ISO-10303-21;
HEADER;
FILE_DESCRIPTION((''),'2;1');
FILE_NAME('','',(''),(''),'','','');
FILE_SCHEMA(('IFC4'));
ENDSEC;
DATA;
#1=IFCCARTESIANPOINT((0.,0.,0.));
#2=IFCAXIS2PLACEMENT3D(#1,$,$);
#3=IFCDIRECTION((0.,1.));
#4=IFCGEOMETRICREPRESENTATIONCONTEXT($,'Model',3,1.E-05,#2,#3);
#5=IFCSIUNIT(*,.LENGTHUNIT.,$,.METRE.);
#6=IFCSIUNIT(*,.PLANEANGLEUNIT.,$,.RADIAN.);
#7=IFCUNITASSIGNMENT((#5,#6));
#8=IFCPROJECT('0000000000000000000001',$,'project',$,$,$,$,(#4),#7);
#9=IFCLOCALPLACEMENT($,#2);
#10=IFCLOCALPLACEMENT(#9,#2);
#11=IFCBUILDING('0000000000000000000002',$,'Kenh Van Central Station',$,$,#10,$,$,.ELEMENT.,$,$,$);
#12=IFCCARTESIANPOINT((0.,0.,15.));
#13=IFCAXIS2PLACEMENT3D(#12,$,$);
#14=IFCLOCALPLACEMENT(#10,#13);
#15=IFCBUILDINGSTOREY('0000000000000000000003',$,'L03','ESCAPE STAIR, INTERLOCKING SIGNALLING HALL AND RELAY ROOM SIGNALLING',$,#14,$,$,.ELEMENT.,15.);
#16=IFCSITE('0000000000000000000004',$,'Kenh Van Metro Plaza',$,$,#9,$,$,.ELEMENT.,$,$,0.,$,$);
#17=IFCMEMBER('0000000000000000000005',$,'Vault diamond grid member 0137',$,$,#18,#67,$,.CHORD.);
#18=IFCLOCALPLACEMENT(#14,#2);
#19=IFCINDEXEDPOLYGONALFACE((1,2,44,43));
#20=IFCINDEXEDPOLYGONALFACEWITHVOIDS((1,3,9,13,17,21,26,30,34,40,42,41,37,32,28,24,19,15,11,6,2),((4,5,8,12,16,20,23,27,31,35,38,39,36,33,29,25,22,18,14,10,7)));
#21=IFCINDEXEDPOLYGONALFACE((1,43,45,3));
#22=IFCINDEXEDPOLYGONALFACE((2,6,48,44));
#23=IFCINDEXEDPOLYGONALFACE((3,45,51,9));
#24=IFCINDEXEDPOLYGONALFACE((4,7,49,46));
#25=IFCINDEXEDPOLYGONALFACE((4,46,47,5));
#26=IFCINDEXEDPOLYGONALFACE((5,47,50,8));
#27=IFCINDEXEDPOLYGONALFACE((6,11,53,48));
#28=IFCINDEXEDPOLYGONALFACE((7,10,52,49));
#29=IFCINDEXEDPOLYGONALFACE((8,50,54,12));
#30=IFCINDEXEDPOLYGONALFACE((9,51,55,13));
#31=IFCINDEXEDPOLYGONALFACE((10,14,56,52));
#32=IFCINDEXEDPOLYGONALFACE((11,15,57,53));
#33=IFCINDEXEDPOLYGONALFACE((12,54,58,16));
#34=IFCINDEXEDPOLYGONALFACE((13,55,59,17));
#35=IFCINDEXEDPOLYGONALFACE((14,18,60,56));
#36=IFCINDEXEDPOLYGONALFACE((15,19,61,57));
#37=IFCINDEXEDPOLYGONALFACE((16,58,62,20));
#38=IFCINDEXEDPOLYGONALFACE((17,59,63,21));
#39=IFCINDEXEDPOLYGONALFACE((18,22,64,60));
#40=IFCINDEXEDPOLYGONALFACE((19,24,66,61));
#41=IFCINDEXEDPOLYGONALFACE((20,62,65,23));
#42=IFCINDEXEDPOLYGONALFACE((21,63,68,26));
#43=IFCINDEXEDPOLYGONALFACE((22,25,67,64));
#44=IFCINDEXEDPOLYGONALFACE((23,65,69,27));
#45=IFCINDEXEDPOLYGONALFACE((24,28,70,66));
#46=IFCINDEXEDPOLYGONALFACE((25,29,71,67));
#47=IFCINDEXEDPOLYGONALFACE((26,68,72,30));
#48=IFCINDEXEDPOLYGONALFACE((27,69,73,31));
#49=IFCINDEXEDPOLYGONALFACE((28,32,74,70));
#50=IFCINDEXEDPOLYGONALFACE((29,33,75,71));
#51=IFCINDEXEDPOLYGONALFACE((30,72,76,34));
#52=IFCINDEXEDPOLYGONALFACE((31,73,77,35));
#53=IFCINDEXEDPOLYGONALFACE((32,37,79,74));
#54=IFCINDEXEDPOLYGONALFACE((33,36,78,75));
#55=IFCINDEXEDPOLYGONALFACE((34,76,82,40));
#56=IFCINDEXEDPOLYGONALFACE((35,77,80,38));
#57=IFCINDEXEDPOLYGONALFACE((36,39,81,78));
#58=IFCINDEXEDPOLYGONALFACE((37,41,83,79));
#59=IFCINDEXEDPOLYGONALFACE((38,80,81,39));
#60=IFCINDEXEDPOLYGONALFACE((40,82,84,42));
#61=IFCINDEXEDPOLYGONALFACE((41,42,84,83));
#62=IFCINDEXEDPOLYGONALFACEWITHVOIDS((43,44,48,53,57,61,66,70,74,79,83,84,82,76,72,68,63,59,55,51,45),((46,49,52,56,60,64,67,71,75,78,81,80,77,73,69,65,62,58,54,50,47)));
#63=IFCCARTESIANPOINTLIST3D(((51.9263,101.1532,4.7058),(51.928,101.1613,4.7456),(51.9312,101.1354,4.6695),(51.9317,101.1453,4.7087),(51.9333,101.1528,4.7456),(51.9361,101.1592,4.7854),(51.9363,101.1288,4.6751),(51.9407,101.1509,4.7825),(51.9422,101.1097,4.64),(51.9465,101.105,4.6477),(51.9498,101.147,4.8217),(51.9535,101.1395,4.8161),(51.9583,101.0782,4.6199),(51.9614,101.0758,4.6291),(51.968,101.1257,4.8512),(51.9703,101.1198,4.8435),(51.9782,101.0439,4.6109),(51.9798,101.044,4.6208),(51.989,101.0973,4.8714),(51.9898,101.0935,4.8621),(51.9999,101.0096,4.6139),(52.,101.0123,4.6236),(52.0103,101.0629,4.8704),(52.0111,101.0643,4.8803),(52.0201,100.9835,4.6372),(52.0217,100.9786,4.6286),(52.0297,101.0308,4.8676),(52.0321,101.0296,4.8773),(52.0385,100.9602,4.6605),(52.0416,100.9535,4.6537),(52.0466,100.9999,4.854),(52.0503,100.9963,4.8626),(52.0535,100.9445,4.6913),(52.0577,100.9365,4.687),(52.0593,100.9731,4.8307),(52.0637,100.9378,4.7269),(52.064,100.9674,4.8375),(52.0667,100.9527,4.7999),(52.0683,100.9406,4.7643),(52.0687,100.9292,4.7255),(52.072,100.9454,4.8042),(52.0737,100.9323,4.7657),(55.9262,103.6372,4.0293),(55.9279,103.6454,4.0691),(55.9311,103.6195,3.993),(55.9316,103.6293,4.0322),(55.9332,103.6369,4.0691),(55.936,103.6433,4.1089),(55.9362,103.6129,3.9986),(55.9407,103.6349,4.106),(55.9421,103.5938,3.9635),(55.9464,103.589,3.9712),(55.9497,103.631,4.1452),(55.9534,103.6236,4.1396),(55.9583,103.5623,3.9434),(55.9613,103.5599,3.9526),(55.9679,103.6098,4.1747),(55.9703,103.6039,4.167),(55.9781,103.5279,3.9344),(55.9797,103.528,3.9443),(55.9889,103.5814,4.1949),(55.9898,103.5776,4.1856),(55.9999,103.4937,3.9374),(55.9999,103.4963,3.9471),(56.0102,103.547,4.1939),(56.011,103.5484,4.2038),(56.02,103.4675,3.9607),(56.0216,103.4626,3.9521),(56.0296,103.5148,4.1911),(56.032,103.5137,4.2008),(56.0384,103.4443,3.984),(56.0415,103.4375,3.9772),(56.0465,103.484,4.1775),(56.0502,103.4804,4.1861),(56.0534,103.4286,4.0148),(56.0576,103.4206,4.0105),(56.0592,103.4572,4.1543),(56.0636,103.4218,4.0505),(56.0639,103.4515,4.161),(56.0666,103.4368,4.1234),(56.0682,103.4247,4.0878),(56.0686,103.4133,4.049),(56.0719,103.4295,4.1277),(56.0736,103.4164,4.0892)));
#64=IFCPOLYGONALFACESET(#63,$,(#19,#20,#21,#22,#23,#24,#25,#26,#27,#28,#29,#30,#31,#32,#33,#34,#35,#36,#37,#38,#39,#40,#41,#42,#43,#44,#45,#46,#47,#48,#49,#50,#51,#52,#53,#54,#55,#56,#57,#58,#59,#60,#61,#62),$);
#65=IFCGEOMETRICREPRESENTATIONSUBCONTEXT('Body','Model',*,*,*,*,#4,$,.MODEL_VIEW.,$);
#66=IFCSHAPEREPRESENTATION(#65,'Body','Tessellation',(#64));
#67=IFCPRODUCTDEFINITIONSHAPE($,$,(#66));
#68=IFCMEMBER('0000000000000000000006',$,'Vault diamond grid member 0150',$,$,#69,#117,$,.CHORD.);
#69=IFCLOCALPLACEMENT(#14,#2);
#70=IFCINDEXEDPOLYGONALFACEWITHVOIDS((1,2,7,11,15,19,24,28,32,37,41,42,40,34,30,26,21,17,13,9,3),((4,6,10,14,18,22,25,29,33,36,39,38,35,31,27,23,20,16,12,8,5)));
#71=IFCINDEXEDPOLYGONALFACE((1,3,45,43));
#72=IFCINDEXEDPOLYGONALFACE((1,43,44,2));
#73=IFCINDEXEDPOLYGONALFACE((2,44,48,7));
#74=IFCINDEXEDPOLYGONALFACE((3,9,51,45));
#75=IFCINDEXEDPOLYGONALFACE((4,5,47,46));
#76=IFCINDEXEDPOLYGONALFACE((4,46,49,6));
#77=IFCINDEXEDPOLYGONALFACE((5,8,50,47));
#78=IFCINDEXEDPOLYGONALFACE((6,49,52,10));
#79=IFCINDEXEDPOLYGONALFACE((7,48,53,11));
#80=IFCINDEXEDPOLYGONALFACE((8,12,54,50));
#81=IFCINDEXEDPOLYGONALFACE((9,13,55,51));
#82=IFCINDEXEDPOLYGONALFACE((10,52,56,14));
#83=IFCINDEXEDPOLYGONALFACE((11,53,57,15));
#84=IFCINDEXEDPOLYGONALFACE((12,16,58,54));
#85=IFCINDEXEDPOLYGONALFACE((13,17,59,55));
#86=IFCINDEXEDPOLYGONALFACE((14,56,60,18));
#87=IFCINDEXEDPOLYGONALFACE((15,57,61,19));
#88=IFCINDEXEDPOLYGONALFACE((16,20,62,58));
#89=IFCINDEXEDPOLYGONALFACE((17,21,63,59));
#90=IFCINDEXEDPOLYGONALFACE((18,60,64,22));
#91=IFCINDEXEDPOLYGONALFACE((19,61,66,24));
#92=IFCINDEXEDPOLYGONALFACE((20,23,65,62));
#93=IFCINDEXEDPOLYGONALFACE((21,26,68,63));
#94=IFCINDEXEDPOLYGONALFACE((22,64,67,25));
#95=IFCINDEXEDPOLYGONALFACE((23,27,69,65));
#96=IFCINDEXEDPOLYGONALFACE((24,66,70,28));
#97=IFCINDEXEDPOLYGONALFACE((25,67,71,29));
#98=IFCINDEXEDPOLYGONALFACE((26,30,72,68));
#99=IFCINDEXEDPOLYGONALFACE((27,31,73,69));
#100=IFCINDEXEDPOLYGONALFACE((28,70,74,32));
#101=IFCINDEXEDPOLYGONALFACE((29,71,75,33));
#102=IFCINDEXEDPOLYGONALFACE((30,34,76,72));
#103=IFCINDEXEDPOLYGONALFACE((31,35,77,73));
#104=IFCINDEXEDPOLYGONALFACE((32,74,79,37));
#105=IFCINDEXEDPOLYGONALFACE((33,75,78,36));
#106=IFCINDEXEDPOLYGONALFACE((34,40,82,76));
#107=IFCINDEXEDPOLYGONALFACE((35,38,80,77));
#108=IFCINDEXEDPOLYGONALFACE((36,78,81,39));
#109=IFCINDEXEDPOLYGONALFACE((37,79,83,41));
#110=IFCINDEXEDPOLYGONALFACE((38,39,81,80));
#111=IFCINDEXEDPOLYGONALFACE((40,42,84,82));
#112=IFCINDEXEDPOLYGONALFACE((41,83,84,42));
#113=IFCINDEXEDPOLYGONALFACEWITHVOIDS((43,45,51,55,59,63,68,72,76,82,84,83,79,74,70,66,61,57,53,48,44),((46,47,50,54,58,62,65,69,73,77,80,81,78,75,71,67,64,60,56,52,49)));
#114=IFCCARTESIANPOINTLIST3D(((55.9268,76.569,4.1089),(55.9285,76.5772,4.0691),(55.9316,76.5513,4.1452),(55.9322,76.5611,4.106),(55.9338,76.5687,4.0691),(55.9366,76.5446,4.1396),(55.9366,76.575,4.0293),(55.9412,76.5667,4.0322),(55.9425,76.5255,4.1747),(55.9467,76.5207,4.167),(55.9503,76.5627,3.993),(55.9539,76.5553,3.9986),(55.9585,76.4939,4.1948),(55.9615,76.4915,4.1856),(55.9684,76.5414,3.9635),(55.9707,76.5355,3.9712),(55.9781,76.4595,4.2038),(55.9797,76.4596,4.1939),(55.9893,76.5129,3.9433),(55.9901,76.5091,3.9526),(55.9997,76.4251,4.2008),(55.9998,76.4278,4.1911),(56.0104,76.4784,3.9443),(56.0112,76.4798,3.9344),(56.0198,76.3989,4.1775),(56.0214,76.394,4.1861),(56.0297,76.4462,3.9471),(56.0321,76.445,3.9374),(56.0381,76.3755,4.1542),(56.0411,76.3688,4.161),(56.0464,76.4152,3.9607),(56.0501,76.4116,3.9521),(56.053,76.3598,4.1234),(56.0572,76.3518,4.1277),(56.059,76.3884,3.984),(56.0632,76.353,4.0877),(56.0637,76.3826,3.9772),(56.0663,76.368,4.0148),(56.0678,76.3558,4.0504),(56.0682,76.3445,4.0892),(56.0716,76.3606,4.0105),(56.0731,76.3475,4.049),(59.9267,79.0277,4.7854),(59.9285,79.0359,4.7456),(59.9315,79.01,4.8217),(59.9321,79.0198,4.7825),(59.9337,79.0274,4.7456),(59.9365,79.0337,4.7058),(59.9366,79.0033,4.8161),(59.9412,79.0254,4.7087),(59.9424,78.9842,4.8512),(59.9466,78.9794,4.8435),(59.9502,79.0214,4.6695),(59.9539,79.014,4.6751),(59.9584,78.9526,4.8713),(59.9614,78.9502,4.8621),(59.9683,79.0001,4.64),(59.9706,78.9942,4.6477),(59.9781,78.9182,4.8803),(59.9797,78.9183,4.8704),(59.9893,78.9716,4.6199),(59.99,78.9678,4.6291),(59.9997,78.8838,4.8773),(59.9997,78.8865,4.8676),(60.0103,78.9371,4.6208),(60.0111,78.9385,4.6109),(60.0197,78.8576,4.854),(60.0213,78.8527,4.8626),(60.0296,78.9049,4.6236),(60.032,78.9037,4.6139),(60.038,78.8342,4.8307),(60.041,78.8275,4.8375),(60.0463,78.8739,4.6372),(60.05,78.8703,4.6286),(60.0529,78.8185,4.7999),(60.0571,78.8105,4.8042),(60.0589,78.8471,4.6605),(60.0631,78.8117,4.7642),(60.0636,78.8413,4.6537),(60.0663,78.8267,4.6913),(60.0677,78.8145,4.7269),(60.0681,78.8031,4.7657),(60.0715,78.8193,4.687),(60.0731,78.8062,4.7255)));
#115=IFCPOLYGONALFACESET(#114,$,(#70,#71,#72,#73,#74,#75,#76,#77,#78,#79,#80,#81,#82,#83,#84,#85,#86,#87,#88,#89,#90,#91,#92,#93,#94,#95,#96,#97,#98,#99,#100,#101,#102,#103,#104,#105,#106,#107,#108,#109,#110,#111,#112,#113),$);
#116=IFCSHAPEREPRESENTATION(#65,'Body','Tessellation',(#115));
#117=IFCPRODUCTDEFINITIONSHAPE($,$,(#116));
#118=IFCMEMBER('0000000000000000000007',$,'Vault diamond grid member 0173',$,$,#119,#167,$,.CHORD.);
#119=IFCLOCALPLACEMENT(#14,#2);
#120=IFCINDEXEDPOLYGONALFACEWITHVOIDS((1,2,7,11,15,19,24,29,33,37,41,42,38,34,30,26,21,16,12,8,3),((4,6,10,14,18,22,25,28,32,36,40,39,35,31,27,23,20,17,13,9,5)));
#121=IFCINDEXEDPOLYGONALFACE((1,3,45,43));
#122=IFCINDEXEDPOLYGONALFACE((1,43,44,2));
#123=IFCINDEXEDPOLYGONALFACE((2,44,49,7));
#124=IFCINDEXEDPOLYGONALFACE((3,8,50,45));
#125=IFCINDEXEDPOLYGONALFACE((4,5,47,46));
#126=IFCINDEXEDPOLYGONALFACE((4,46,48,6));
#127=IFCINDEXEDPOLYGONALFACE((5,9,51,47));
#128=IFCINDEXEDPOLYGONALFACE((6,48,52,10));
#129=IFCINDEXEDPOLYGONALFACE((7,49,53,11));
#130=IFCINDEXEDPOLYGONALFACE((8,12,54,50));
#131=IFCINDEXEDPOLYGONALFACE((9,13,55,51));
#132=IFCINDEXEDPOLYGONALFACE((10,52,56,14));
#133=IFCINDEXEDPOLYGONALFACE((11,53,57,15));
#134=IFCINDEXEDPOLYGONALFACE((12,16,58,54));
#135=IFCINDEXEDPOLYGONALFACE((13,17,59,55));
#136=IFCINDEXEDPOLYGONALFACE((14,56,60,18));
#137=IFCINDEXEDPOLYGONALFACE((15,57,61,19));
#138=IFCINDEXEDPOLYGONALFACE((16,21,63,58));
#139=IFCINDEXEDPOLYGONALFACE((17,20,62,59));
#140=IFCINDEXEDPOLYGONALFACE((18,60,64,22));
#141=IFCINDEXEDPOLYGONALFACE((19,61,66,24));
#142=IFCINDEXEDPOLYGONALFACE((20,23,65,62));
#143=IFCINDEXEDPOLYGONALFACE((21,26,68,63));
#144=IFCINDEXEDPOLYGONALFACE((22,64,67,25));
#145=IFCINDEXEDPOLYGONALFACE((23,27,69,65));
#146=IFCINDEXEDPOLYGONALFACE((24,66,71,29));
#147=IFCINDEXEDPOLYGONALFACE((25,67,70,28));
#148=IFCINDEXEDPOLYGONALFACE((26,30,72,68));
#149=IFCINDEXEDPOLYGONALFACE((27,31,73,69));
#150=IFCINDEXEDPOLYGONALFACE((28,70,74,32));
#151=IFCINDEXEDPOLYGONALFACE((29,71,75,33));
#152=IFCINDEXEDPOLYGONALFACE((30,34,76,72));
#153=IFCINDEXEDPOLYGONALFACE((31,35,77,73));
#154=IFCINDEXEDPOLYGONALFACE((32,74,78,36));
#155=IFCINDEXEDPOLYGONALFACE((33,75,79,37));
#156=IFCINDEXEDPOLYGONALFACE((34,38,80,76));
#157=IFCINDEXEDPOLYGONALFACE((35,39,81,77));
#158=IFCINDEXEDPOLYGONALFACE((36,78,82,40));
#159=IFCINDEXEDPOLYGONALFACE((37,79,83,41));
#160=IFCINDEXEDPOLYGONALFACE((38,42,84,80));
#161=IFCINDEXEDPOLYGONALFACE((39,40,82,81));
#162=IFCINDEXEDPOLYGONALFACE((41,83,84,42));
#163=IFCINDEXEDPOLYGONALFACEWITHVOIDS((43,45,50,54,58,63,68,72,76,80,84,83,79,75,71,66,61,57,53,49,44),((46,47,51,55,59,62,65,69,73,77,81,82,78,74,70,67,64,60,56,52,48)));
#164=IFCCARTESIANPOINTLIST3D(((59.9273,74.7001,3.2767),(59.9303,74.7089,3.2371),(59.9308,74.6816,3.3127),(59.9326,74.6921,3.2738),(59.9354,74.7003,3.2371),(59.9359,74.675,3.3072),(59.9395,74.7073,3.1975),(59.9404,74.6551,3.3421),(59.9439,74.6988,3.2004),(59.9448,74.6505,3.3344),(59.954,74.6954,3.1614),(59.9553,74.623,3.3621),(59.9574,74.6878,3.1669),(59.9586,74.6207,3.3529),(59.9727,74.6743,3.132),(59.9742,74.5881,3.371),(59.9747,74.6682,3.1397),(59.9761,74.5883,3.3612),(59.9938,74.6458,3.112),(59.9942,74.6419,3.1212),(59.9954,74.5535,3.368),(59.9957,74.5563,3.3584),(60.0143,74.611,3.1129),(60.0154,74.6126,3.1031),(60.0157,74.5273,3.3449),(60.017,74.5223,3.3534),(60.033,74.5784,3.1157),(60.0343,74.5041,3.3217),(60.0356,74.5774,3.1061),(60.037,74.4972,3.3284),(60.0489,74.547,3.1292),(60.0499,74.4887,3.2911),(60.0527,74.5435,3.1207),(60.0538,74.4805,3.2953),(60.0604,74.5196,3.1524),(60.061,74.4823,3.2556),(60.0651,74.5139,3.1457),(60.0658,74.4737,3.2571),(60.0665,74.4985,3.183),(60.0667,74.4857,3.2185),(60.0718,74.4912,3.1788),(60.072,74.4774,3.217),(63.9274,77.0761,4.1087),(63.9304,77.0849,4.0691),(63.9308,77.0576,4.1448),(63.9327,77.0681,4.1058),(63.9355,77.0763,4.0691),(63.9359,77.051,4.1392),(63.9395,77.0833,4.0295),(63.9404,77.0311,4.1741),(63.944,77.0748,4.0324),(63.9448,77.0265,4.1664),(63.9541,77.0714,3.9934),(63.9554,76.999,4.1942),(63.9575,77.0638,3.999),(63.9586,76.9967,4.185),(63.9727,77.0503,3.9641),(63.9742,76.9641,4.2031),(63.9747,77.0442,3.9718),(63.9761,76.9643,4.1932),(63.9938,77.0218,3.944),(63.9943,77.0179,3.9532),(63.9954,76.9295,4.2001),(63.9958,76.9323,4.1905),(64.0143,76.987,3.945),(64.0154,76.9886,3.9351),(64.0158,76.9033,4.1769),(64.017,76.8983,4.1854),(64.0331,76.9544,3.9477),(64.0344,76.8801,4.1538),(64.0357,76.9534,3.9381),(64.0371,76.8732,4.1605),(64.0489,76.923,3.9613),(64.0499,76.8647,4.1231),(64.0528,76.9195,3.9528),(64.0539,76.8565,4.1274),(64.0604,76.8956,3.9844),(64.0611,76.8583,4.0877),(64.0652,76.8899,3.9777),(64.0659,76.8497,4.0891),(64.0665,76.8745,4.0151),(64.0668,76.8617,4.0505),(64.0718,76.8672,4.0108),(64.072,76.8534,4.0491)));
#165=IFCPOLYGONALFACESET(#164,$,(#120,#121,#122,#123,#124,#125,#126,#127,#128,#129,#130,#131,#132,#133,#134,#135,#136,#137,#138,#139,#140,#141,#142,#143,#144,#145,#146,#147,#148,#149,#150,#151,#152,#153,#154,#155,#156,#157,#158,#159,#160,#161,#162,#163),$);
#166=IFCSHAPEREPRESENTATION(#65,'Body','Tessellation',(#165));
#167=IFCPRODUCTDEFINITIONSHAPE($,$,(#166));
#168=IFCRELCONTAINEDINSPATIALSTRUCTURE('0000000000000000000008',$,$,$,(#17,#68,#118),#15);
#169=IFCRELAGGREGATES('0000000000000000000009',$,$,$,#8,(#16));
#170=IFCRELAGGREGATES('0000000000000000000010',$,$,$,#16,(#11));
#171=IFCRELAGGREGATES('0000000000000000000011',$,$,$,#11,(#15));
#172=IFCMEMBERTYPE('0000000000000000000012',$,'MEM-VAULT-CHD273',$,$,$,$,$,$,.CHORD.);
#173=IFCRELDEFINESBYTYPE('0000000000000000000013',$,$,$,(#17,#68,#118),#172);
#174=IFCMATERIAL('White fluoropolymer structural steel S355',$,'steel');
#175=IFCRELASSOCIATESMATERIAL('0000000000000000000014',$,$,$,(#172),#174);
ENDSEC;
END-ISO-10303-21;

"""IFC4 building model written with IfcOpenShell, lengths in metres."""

from ifc_helpers import new_model, si_unit, direction, frame, origin, origin_2d, place, context, subcontext, project, spatial, hollow_circle, extrude, material, material_profile, profile_set, type_object, element, save


model = new_model("IFC4")

# Units and contexts
model_context = context("Model", 3, precision=1e-05, world=origin(), true_north=direction((0.0, 1.0)))
body_context = subcontext(model_context, "Body", "Model", "MODEL_VIEW")
ifc_project = project(units=[si_unit("LENGTHUNIT", "METRE"), si_unit("PLANEANGLEUNIT", "RADIAN")], contexts=[model_context])

# Site, building, storey
site_placement = place(None, origin())
site = spatial("IfcSite", under=ifc_project, at=site_placement, Name="Kenh Van Metro Plaza", CompositionType="ELEMENT", RefElevation=0.0)
building_placement = place(site_placement, origin())
building = spatial("IfcBuilding", under=site, at=building_placement, Name="Kenh Van Central Station", CompositionType="ELEMENT")
storey_placement = place(building_placement, frame((0.0, 0.0, 15.0)))
storey = spatial("IfcBuildingStorey", under=building, at=storey_placement, Name="L03", Description="ESCAPE STAIR, INTERLOCKING SIGNALLING HALL AND RELAY ROOM SIGNALLING", CompositionType="ELEMENT", Elevation=15.0)

# Shared definitions
ifc_material_1 = material(Name="White fluoropolymer structural steel S355", Category="steel")

# Members
ifc_material_profile_1 = material_profile(ifc_material_1, hollow_circle(Radius=0.1365, WallThickness=0.01, at=origin_2d()), Name="CHS 273x10")
ifc_profile_set_1 = profile_set([ifc_material_profile_1], Name="White fluoropolymer structural steel S355")
member_type_1 = type_object("IfcMemberType", Name="MEM-VAULT-CHD273", PredefinedType="CHORD", material=ifc_profile_set_1)
member_1_placement = place(storey_placement, frame((52.0, 101.0454, 4.7456), z_axis=(0.840875, 0.522211, -0.142216), x_axis=(-0.527573, 0.84951, 0.0)))
element("IfcMember", 1, at=member_1_placement, inside=storey, type_object=member_type_1, Name="Vault diamond grid member 0137", PredefinedType="CHORD", context=body_context, shape_type="SweptSolid", body=[
    extrude(hollow_circle(Radius=0.1365, WallThickness=0.01, at=origin_2d()), origin(), (0.0, 0.0, 1.0), 4.7568),
])
member_2_placement = place(storey_placement, frame((56.0, 76.4609, 4.0691), z_axis=(0.843216, 0.518313, 0.142612), x_axis=(-0.523665, 0.851924, 0.0)))
element("IfcMember", 2, at=member_2_placement, inside=storey, type_object=member_type_1, Name="Vault diamond grid member 0150", PredefinedType="CHORD", context=body_context, shape_type="SweptSolid", body=[
    extrude(hollow_circle(Radius=0.1365, WallThickness=0.01, at=origin_2d()), origin(), (0.0, 0.0, 1.0), 4.7437),
])
member_3_placement = place(storey_placement, frame((60.0, 74.5916, 3.2371), z_axis=(0.846335, 0.502718, 0.176044), x_axis=(-0.510694, 0.859763, 0.0)))
element("IfcMember", 3, at=member_3_placement, inside=storey, type_object=member_type_1, Name="Vault diamond grid member 0173", PredefinedType="CHORD", context=body_context, shape_type="SweptSolid", body=[
    extrude(hollow_circle(Radius=0.1365, WallThickness=0.01, at=origin_2d()), origin(), (0.0, 0.0, 1.0), 4.7263),
])

save(model, "model.ifc")
